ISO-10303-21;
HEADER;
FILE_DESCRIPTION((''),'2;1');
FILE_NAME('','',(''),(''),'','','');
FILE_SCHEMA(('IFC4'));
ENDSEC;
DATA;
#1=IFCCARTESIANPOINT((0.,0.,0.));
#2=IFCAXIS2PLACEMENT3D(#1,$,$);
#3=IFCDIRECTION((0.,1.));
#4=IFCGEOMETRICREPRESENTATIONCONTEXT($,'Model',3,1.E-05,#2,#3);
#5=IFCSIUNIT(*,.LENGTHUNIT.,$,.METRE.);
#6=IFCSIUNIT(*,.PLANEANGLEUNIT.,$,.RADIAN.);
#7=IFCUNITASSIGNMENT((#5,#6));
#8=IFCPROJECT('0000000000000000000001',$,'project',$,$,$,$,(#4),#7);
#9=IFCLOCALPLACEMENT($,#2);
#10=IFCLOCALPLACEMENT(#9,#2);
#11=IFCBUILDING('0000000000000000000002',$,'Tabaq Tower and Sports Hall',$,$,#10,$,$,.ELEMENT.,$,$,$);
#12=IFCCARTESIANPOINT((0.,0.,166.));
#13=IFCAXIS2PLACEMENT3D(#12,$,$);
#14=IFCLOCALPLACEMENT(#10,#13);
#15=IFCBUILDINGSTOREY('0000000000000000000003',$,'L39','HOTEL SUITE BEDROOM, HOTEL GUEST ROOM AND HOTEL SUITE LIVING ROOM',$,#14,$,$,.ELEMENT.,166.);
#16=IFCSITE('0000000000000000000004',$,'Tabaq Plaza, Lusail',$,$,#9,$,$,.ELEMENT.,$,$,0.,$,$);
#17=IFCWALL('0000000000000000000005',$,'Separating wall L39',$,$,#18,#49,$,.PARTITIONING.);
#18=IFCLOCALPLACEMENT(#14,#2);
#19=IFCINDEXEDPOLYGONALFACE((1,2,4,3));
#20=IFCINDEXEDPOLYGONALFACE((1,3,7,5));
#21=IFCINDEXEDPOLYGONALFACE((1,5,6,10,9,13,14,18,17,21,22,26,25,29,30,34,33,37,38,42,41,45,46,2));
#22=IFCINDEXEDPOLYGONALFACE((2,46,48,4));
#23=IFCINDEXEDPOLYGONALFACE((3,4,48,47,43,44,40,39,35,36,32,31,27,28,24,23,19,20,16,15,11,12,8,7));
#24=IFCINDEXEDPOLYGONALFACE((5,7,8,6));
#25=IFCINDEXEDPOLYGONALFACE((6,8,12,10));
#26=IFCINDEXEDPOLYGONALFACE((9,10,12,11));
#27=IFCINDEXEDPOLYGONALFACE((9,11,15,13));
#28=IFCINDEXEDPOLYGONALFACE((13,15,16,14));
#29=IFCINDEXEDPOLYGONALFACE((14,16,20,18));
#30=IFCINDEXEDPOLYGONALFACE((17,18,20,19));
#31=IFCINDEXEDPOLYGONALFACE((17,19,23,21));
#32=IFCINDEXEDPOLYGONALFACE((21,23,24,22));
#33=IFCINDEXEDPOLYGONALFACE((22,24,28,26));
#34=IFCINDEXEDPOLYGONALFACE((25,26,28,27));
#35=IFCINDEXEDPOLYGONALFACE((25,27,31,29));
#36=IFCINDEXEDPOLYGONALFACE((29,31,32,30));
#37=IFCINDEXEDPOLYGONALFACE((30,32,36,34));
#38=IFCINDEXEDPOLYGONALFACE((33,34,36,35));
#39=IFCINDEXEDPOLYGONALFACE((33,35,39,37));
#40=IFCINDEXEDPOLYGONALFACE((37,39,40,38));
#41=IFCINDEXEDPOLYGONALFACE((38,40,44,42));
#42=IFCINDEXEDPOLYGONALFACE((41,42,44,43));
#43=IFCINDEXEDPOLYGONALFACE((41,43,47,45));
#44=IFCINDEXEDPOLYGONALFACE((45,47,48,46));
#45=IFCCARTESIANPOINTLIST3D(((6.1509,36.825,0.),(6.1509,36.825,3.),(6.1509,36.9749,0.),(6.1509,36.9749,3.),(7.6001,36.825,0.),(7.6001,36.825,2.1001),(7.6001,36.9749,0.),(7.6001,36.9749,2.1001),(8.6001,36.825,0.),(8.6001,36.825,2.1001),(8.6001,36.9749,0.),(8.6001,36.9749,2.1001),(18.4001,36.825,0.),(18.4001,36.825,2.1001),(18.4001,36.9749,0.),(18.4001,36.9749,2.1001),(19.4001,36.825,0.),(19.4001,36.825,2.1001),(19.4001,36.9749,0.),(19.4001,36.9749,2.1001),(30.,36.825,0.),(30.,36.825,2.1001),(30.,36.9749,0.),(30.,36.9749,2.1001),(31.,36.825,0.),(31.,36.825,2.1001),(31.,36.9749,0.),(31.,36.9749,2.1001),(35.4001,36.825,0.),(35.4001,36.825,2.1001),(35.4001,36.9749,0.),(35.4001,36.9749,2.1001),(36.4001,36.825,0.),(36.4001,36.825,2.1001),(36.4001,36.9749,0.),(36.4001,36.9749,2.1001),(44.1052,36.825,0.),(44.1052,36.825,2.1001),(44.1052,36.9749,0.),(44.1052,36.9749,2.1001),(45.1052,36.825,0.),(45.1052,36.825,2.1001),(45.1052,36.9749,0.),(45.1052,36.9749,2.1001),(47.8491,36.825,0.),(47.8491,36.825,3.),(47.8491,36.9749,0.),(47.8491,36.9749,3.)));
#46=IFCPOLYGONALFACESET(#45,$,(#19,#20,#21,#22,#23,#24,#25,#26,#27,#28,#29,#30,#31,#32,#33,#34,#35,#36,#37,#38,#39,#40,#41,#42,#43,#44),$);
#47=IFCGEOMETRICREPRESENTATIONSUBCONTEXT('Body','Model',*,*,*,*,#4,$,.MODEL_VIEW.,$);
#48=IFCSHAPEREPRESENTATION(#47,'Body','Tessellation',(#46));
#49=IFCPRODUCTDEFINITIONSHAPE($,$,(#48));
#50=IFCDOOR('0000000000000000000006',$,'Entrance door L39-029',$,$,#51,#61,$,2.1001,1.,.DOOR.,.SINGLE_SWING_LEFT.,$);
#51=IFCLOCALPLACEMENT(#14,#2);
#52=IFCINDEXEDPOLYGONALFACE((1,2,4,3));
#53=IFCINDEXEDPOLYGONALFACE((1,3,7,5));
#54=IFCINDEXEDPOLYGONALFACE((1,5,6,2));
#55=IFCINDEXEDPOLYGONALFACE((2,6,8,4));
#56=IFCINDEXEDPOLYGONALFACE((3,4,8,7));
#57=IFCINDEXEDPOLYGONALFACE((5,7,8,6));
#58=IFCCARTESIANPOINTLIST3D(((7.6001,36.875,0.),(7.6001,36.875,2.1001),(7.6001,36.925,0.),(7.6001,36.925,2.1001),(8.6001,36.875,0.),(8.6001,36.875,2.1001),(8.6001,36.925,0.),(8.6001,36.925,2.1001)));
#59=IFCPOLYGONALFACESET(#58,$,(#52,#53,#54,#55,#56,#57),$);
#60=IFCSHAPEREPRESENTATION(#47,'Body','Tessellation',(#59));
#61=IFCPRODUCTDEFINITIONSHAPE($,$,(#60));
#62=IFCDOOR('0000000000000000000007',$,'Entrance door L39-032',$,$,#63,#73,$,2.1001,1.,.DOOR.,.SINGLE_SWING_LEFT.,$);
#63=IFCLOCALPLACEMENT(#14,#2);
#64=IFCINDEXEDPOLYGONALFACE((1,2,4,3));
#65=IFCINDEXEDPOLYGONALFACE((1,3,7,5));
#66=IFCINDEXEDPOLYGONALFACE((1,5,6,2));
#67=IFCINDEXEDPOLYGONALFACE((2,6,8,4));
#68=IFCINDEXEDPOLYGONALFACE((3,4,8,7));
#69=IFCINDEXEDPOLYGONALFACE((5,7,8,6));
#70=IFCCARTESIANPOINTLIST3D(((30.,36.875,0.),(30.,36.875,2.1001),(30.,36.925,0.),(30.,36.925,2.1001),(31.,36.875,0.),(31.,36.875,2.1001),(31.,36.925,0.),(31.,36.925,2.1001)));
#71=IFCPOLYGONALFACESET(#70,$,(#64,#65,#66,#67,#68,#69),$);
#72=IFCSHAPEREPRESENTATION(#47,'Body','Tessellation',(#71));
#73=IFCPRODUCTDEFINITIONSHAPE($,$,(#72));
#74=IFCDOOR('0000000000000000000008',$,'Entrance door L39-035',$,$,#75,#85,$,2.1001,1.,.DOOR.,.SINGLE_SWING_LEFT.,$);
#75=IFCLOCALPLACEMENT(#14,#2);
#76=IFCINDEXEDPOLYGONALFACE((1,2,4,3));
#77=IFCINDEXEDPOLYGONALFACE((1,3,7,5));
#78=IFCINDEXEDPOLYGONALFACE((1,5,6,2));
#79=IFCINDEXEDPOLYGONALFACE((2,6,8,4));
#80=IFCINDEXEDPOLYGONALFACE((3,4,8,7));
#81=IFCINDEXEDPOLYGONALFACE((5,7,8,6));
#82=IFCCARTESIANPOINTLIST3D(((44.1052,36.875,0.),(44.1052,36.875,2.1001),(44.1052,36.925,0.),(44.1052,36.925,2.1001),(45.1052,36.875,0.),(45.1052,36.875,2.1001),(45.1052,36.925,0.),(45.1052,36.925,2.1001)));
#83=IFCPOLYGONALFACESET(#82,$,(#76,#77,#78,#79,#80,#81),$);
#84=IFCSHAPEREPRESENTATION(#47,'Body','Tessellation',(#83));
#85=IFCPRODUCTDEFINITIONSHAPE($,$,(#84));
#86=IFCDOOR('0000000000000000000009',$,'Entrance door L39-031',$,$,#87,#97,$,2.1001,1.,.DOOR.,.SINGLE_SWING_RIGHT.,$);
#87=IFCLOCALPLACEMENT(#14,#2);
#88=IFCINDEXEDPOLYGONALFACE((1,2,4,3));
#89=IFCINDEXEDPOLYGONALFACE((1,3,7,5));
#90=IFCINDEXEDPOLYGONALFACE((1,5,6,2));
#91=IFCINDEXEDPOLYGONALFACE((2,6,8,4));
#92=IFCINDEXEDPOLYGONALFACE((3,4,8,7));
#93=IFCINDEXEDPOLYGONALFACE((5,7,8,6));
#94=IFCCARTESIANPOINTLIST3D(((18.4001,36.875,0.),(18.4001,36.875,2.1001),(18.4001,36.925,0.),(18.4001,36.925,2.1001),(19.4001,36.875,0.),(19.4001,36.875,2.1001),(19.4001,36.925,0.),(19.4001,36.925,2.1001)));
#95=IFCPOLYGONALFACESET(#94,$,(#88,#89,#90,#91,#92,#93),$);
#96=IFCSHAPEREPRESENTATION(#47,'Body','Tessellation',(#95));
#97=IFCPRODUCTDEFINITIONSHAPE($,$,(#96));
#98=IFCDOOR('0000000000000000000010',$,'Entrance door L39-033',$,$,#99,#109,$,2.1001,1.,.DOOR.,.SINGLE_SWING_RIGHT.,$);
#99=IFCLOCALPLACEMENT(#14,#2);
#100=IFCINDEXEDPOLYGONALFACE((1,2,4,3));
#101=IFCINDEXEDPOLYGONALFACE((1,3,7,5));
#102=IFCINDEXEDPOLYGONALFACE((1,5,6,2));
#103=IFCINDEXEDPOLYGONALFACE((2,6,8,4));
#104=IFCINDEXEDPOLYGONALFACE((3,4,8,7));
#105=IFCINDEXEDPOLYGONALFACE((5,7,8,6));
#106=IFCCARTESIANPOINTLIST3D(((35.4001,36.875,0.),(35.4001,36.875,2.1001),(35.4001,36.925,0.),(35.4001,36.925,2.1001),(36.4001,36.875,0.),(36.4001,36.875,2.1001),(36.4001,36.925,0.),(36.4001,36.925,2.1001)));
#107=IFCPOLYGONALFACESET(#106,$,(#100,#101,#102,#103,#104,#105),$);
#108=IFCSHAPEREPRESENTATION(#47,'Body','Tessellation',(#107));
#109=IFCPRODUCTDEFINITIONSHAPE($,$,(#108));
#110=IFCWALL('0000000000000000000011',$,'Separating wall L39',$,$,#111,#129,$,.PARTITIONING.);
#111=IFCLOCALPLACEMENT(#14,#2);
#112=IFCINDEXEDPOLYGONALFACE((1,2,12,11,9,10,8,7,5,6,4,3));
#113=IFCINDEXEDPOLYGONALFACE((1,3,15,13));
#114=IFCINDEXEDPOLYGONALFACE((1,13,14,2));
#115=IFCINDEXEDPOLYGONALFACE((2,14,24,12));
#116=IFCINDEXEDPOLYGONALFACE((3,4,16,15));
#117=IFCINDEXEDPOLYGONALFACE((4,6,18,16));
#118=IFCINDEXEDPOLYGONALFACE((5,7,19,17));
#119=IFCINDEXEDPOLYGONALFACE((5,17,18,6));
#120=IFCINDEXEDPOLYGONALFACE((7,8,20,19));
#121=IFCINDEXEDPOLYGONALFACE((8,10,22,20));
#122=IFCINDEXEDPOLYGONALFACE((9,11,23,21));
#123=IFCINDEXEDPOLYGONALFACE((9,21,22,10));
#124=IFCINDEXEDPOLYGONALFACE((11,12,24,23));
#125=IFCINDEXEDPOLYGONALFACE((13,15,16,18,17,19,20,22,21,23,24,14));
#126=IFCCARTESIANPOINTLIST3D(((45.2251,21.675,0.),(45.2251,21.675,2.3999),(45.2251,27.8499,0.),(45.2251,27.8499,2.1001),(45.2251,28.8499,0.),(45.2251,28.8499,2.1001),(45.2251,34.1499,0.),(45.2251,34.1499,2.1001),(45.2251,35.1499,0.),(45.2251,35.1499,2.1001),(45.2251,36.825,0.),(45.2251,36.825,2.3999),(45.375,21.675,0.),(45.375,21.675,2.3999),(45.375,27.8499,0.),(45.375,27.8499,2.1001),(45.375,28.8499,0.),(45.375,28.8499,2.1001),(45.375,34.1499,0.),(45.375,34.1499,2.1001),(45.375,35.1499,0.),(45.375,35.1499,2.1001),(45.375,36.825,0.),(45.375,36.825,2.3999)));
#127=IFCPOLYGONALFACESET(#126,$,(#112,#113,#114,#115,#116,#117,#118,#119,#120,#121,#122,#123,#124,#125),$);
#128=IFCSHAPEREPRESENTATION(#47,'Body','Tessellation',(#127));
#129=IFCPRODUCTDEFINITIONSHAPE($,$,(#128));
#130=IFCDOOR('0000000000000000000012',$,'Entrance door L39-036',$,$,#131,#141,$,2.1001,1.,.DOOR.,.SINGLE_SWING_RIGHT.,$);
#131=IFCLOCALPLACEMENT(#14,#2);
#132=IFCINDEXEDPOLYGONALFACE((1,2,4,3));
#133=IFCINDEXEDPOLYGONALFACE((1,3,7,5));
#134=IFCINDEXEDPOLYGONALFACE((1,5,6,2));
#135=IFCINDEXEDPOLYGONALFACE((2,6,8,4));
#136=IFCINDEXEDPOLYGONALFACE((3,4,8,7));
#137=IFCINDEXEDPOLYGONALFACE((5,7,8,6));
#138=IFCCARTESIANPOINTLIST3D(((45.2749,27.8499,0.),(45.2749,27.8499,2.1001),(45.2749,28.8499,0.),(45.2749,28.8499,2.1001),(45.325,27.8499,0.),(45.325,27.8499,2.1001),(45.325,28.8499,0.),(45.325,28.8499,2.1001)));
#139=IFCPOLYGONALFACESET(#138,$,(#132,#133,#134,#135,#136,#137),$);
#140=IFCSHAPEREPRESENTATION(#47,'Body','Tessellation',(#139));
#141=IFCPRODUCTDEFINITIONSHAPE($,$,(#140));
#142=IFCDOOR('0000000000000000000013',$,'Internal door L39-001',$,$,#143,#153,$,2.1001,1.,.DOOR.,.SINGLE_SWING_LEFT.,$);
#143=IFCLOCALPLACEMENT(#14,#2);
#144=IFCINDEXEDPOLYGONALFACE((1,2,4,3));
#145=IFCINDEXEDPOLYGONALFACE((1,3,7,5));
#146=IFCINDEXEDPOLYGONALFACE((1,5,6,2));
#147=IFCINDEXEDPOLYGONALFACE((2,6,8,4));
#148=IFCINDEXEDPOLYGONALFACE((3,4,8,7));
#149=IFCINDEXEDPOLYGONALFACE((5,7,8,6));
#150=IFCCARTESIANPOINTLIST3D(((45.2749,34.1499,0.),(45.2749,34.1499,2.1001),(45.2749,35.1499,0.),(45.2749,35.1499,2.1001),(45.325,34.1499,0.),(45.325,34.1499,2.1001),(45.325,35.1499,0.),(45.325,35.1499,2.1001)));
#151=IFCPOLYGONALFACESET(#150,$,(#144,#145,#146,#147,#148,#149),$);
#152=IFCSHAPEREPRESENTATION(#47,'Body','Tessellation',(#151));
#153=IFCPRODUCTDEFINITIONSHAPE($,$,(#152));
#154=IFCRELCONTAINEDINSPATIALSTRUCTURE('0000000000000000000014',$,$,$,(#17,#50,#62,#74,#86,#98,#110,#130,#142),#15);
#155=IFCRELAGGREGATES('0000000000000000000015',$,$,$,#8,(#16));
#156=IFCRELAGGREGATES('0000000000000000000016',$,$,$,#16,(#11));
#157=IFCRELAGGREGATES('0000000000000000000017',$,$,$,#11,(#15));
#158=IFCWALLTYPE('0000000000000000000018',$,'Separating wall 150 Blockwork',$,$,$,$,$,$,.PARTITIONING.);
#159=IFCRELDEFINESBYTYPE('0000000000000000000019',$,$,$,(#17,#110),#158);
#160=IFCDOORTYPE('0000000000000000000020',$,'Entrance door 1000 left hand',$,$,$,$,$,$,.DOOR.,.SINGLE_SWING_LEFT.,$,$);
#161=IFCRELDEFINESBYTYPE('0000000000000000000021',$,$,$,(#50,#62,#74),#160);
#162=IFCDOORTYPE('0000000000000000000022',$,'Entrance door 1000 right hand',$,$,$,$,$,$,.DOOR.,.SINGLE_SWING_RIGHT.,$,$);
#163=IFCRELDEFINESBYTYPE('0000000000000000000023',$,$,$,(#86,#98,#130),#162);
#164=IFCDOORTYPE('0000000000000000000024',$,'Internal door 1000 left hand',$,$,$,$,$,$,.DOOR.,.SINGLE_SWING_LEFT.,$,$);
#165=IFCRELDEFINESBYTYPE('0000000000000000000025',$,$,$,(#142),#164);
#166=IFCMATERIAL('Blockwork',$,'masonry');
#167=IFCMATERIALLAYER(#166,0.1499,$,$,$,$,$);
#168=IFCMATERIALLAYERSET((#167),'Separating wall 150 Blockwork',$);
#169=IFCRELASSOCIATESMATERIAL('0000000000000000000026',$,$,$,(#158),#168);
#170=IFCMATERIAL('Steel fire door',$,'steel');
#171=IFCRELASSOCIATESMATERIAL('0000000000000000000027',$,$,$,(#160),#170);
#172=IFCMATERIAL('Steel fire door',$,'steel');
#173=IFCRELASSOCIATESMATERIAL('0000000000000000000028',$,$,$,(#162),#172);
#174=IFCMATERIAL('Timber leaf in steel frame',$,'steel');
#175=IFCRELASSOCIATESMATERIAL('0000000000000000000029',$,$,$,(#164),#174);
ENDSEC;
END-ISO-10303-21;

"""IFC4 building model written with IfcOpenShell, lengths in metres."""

from ifc_helpers import new_model, si_unit, direction, frame, frame_2d, origin, place, context, subcontext, project, spatial, rectangle, extrude, material, layer, layer_set, type_object, element, fill, save


model = new_model("IFC4")

# Units and contexts
model_context = context("Model", 3, precision=1e-05, world=origin(), true_north=direction((0.0, 1.0)))
body_context = subcontext(model_context, "Body", "Model", "MODEL_VIEW")
ifc_project = project(units=[si_unit("LENGTHUNIT", "METRE"), si_unit("PLANEANGLEUNIT", "RADIAN")], contexts=[model_context])

# Site, building, storey
site_placement = place(None, origin())
site = spatial("IfcSite", under=ifc_project, at=site_placement, Name="Tabaq Plaza, Lusail", CompositionType="ELEMENT", RefElevation=0.0)
building_placement = place(site_placement, origin())
building = spatial("IfcBuilding", under=site, at=building_placement, Name="Tabaq Tower and Sports Hall", CompositionType="ELEMENT")
storey_placement = place(building_placement, frame((0.0, 0.0, 166.0)))
storey = spatial("IfcBuildingStorey", under=building, at=storey_placement, Name="L39", Description="HOTEL SUITE BEDROOM, HOTEL GUEST ROOM AND HOTEL SUITE LIVING ROOM", CompositionType="ELEMENT", Elevation=166.0)

# Walls, openings, doors
ifc_material_1 = material(Name="Blockwork", Category="masonry")
ifc_layer = layer(ifc_material_1, 0.1499)
ifc_layer_set = layer_set([ifc_layer], Name="Separating wall 150 Blockwork")
wall_type = type_object("IfcWallType", Name="Separating wall 150 Blockwork", PredefinedType="PARTITIONING", material=ifc_layer_set)
wall_1_placement = place(storey_placement, frame((47.8491, 36.8999, 0.0), z_axis=(0.0, 0.0, 1.0), x_axis=(-1.0, 0.0, 0.0)))
wall_1 = element("IfcWall", 1, at=wall_1_placement, inside=storey, type_object=wall_type, Name="Separating wall L39", PredefinedType="PARTITIONING", context=body_context, shape_type="SweptSolid", body=[
    extrude(rectangle(XDim=41.6982, YDim=0.1499, at=frame_2d((20.8491, 0.0))), origin(), (0.0, 0.0, 1.0), 3.0),
])
opening_1_placement = place(wall_1_placement, frame((39.249, 0.0, 0.0)))
opening_1 = element("IfcOpeningElement", 2, at=opening_1_placement, cuts=wall_1, PredefinedType="OPENING", context=body_context, shape_type="SweptSolid", body=[
    extrude(rectangle(XDim=1.0, YDim=2.1001, at=frame_2d((0.5, 1.05))), frame((0.0, 0.075, 0.0), z_axis=(0.0, -1.0, 0.0), x_axis=(1.0, 0.0, 0.0)), (0.0, 0.0, 1.0), 0.1499),
])
opening_2_placement = place(wall_1_placement, frame((28.449, 0.0, 0.0)))
opening_2 = element("IfcOpeningElement", 3, at=opening_2_placement, cuts=wall_1, PredefinedType="OPENING", context=body_context, shape_type="SweptSolid", body=[
    extrude(rectangle(XDim=1.0, YDim=2.1001, at=frame_2d((0.5, 1.05))), frame((0.0, 0.075, 0.0), z_axis=(0.0, -1.0, 0.0), x_axis=(1.0, 0.0, 0.0)), (0.0, 0.0, 1.0), 0.1499),
])
opening_3_placement = place(wall_1_placement, frame((16.8491, 0.0, 0.0)))
opening_3 = element("IfcOpeningElement", 4, at=opening_3_placement, cuts=wall_1, PredefinedType="OPENING", context=body_context, shape_type="SweptSolid", body=[
    extrude(rectangle(XDim=1.0, YDim=2.1001, at=frame_2d((0.5, 1.05))), frame((0.0, 0.075, 0.0), z_axis=(0.0, -1.0, 0.0), x_axis=(1.0, 0.0, 0.0)), (0.0, 0.0, 1.0), 0.1499),
])
opening_4_placement = place(wall_1_placement, frame((11.449, 0.0, 0.0)))
opening_4 = element("IfcOpeningElement", 5, at=opening_4_placement, cuts=wall_1, PredefinedType="OPENING", context=body_context, shape_type="SweptSolid", body=[
    extrude(rectangle(XDim=1.0, YDim=2.1001, at=frame_2d((0.5, 1.05))), frame((0.0, 0.075, 0.0), z_axis=(0.0, -1.0, 0.0), x_axis=(1.0, 0.0, 0.0)), (0.0, 0.0, 1.0), 0.1499),
])
opening_5_placement = place(wall_1_placement, frame((2.7439, 0.0, 0.0)))
opening_5 = element("IfcOpeningElement", 6, at=opening_5_placement, cuts=wall_1, PredefinedType="OPENING", context=body_context, shape_type="SweptSolid", body=[
    extrude(rectangle(XDim=1.0, YDim=2.1001, at=frame_2d((0.5, 1.05))), frame((0.0, 0.075, 0.0), z_axis=(0.0, -1.0, 0.0), x_axis=(1.0, 0.0, 0.0)), (0.0, 0.0, 1.0), 0.1499),
])
ifc_material_2 = material(Name="Steel fire door", Category="steel")
door_type_1 = type_object("IfcDoorType", Name="Entrance door 1000 left hand", OperationType="SINGLE_SWING_LEFT", PredefinedType="DOOR", material=ifc_material_2)
door_1_placement = place(opening_1_placement, origin())
door_1 = element("IfcDoor", 7, at=door_1_placement, inside=storey, type_object=door_type_1, Name="Entrance door L39-029", OperationType="SINGLE_SWING_LEFT", OverallHeight=2.1001, OverallWidth=1.0, PredefinedType="DOOR", context=body_context, shape_type="SweptSolid", body=[
    extrude(rectangle(XDim=1.0, YDim=2.1001, at=frame_2d((0.5, 1.05))), frame((0.0, 0.0249, 0.0), z_axis=(0.0, -1.0, 0.0), x_axis=(1.0, 0.0, 0.0)), (0.0, 0.0, 1.0), 0.05),
])
fill(opening_1, door_1)
door_2_placement = place(opening_3_placement, origin())
door_2 = element("IfcDoor", 8, at=door_2_placement, inside=storey, type_object=door_type_1, Name="Entrance door L39-032", OperationType="SINGLE_SWING_LEFT", OverallHeight=2.1001, OverallWidth=1.0, PredefinedType="DOOR", context=body_context, shape_type="SweptSolid", body=[
    extrude(rectangle(XDim=1.0, YDim=2.1001, at=frame_2d((0.5, 1.05))), frame((0.0, 0.0249, 0.0), z_axis=(0.0, -1.0, 0.0), x_axis=(1.0, 0.0, 0.0)), (0.0, 0.0, 1.0), 0.05),
])
fill(opening_3, door_2)
door_3_placement = place(opening_5_placement, origin())
door_3 = element("IfcDoor", 9, at=door_3_placement, inside=storey, type_object=door_type_1, Name="Entrance door L39-035", OperationType="SINGLE_SWING_LEFT", OverallHeight=2.1001, OverallWidth=1.0, PredefinedType="DOOR", context=body_context, shape_type="SweptSolid", body=[
    extrude(rectangle(XDim=1.0, YDim=2.1001, at=frame_2d((0.5, 1.05))), frame((0.0, 0.0249, 0.0), z_axis=(0.0, -1.0, 0.0), x_axis=(1.0, 0.0, 0.0)), (0.0, 0.0, 1.0), 0.05),
])
fill(opening_5, door_3)
ifc_material_3 = material(Name="Steel fire door", Category="steel")
door_type_2 = type_object("IfcDoorType", Name="Entrance door 1000 right hand", OperationType="SINGLE_SWING_RIGHT", PredefinedType="DOOR", material=ifc_material_3)
door_4_placement = place(opening_2_placement, origin())
door_4 = element("IfcDoor", 10, at=door_4_placement, inside=storey, type_object=door_type_2, Name="Entrance door L39-031", OperationType="SINGLE_SWING_RIGHT", OverallHeight=2.1001, OverallWidth=1.0, PredefinedType="DOOR", context=body_context, shape_type="SweptSolid", body=[
    extrude(rectangle(XDim=1.0, YDim=2.1001, at=frame_2d((0.5, 1.05))), frame((0.0, 0.0249, 0.0), z_axis=(0.0, -1.0, 0.0), x_axis=(1.0, 0.0, 0.0)), (0.0, 0.0, 1.0), 0.05),
])
fill(opening_2, door_4)
door_5_placement = place(opening_4_placement, origin())
door_5 = element("IfcDoor", 11, at=door_5_placement, inside=storey, type_object=door_type_2, Name="Entrance door L39-033", OperationType="SINGLE_SWING_RIGHT", OverallHeight=2.1001, OverallWidth=1.0, PredefinedType="DOOR", context=body_context, shape_type="SweptSolid", body=[
    extrude(rectangle(XDim=1.0, YDim=2.1001, at=frame_2d((0.5, 1.05))), frame((0.0, 0.0249, 0.0), z_axis=(0.0, -1.0, 0.0), x_axis=(1.0, 0.0, 0.0)), (0.0, 0.0, 1.0), 0.05),
])
fill(opening_4, door_5)
wall_2_placement = place(storey_placement, frame((45.3, 36.825, 0.0), z_axis=(0.0, 0.0, 1.0), x_axis=(0.0, -1.0, 0.0)))
wall_2 = element("IfcWall", 12, at=wall_2_placement, inside=storey, type_object=wall_type, Name="Separating wall L39", PredefinedType="PARTITIONING", context=body_context, shape_type="SweptSolid", body=[
    extrude(rectangle(XDim=15.1499, YDim=0.1499, at=frame_2d((7.575, 0.0))), origin(), (0.0, 0.0, 1.0), 2.3999),
])
opening_6_placement = place(wall_2_placement, frame((1.675, 0.0, 0.0)))
opening_6 = element("IfcOpeningElement", 13, at=opening_6_placement, cuts=wall_2, PredefinedType="OPENING", context=body_context, shape_type="SweptSolid", body=[
    extrude(rectangle(XDim=1.0, YDim=2.1001, at=frame_2d((0.5, 1.05))), frame((0.0, 0.075, 0.0), z_axis=(0.0, -1.0, 0.0), x_axis=(1.0, 0.0, 0.0)), (0.0, 0.0, 1.0), 0.1499),
])
opening_7_placement = place(wall_2_placement, frame((7.9751, 0.0, 0.0)))
opening_7 = element("IfcOpeningElement", 14, at=opening_7_placement, cuts=wall_2, PredefinedType="OPENING", context=body_context, shape_type="SweptSolid", body=[
    extrude(rectangle(XDim=1.0, YDim=2.1001, at=frame_2d((0.5, 1.05))), frame((0.0, 0.075, 0.0), z_axis=(0.0, -1.0, 0.0), x_axis=(1.0, 0.0, 0.0)), (0.0, 0.0, 1.0), 0.1499),
])
door_6_placement = place(opening_7_placement, origin())
door_6 = element("IfcDoor", 15, at=door_6_placement, inside=storey, type_object=door_type_2, Name="Entrance door L39-036", OperationType="SINGLE_SWING_RIGHT", OverallHeight=2.1001, OverallWidth=1.0, PredefinedType="DOOR", context=body_context, shape_type="SweptSolid", body=[
    extrude(rectangle(XDim=1.0, YDim=2.1001, at=frame_2d((0.5, 1.05))), frame((0.0, 0.0249, 0.0), z_axis=(0.0, -1.0, 0.0), x_axis=(1.0, 0.0, 0.0)), (0.0, 0.0, 1.0), 0.05),
])
fill(opening_7, door_6)
ifc_material_4 = material(Name="Timber leaf in steel frame", Category="steel")
door_type_3 = type_object("IfcDoorType", Name="Internal door 1000 left hand", OperationType="SINGLE_SWING_LEFT", PredefinedType="DOOR", material=ifc_material_4)
door_7_placement = place(opening_6_placement, origin())
door_7 = element("IfcDoor", 16, at=door_7_placement, inside=storey, type_object=door_type_3, Name="Internal door L39-001", OperationType="SINGLE_SWING_LEFT", OverallHeight=2.1001, OverallWidth=1.0, PredefinedType="DOOR", context=body_context, shape_type="SweptSolid", body=[
    extrude(rectangle(XDim=1.0, YDim=2.1001, at=frame_2d((0.5, 1.05))), frame((0.0, 0.0249, 0.0), z_axis=(0.0, -1.0, 0.0), x_axis=(1.0, 0.0, 0.0)), (0.0, 0.0, 1.0), 0.05),
])
fill(opening_6, door_7)

save(model, "model.ifc")
